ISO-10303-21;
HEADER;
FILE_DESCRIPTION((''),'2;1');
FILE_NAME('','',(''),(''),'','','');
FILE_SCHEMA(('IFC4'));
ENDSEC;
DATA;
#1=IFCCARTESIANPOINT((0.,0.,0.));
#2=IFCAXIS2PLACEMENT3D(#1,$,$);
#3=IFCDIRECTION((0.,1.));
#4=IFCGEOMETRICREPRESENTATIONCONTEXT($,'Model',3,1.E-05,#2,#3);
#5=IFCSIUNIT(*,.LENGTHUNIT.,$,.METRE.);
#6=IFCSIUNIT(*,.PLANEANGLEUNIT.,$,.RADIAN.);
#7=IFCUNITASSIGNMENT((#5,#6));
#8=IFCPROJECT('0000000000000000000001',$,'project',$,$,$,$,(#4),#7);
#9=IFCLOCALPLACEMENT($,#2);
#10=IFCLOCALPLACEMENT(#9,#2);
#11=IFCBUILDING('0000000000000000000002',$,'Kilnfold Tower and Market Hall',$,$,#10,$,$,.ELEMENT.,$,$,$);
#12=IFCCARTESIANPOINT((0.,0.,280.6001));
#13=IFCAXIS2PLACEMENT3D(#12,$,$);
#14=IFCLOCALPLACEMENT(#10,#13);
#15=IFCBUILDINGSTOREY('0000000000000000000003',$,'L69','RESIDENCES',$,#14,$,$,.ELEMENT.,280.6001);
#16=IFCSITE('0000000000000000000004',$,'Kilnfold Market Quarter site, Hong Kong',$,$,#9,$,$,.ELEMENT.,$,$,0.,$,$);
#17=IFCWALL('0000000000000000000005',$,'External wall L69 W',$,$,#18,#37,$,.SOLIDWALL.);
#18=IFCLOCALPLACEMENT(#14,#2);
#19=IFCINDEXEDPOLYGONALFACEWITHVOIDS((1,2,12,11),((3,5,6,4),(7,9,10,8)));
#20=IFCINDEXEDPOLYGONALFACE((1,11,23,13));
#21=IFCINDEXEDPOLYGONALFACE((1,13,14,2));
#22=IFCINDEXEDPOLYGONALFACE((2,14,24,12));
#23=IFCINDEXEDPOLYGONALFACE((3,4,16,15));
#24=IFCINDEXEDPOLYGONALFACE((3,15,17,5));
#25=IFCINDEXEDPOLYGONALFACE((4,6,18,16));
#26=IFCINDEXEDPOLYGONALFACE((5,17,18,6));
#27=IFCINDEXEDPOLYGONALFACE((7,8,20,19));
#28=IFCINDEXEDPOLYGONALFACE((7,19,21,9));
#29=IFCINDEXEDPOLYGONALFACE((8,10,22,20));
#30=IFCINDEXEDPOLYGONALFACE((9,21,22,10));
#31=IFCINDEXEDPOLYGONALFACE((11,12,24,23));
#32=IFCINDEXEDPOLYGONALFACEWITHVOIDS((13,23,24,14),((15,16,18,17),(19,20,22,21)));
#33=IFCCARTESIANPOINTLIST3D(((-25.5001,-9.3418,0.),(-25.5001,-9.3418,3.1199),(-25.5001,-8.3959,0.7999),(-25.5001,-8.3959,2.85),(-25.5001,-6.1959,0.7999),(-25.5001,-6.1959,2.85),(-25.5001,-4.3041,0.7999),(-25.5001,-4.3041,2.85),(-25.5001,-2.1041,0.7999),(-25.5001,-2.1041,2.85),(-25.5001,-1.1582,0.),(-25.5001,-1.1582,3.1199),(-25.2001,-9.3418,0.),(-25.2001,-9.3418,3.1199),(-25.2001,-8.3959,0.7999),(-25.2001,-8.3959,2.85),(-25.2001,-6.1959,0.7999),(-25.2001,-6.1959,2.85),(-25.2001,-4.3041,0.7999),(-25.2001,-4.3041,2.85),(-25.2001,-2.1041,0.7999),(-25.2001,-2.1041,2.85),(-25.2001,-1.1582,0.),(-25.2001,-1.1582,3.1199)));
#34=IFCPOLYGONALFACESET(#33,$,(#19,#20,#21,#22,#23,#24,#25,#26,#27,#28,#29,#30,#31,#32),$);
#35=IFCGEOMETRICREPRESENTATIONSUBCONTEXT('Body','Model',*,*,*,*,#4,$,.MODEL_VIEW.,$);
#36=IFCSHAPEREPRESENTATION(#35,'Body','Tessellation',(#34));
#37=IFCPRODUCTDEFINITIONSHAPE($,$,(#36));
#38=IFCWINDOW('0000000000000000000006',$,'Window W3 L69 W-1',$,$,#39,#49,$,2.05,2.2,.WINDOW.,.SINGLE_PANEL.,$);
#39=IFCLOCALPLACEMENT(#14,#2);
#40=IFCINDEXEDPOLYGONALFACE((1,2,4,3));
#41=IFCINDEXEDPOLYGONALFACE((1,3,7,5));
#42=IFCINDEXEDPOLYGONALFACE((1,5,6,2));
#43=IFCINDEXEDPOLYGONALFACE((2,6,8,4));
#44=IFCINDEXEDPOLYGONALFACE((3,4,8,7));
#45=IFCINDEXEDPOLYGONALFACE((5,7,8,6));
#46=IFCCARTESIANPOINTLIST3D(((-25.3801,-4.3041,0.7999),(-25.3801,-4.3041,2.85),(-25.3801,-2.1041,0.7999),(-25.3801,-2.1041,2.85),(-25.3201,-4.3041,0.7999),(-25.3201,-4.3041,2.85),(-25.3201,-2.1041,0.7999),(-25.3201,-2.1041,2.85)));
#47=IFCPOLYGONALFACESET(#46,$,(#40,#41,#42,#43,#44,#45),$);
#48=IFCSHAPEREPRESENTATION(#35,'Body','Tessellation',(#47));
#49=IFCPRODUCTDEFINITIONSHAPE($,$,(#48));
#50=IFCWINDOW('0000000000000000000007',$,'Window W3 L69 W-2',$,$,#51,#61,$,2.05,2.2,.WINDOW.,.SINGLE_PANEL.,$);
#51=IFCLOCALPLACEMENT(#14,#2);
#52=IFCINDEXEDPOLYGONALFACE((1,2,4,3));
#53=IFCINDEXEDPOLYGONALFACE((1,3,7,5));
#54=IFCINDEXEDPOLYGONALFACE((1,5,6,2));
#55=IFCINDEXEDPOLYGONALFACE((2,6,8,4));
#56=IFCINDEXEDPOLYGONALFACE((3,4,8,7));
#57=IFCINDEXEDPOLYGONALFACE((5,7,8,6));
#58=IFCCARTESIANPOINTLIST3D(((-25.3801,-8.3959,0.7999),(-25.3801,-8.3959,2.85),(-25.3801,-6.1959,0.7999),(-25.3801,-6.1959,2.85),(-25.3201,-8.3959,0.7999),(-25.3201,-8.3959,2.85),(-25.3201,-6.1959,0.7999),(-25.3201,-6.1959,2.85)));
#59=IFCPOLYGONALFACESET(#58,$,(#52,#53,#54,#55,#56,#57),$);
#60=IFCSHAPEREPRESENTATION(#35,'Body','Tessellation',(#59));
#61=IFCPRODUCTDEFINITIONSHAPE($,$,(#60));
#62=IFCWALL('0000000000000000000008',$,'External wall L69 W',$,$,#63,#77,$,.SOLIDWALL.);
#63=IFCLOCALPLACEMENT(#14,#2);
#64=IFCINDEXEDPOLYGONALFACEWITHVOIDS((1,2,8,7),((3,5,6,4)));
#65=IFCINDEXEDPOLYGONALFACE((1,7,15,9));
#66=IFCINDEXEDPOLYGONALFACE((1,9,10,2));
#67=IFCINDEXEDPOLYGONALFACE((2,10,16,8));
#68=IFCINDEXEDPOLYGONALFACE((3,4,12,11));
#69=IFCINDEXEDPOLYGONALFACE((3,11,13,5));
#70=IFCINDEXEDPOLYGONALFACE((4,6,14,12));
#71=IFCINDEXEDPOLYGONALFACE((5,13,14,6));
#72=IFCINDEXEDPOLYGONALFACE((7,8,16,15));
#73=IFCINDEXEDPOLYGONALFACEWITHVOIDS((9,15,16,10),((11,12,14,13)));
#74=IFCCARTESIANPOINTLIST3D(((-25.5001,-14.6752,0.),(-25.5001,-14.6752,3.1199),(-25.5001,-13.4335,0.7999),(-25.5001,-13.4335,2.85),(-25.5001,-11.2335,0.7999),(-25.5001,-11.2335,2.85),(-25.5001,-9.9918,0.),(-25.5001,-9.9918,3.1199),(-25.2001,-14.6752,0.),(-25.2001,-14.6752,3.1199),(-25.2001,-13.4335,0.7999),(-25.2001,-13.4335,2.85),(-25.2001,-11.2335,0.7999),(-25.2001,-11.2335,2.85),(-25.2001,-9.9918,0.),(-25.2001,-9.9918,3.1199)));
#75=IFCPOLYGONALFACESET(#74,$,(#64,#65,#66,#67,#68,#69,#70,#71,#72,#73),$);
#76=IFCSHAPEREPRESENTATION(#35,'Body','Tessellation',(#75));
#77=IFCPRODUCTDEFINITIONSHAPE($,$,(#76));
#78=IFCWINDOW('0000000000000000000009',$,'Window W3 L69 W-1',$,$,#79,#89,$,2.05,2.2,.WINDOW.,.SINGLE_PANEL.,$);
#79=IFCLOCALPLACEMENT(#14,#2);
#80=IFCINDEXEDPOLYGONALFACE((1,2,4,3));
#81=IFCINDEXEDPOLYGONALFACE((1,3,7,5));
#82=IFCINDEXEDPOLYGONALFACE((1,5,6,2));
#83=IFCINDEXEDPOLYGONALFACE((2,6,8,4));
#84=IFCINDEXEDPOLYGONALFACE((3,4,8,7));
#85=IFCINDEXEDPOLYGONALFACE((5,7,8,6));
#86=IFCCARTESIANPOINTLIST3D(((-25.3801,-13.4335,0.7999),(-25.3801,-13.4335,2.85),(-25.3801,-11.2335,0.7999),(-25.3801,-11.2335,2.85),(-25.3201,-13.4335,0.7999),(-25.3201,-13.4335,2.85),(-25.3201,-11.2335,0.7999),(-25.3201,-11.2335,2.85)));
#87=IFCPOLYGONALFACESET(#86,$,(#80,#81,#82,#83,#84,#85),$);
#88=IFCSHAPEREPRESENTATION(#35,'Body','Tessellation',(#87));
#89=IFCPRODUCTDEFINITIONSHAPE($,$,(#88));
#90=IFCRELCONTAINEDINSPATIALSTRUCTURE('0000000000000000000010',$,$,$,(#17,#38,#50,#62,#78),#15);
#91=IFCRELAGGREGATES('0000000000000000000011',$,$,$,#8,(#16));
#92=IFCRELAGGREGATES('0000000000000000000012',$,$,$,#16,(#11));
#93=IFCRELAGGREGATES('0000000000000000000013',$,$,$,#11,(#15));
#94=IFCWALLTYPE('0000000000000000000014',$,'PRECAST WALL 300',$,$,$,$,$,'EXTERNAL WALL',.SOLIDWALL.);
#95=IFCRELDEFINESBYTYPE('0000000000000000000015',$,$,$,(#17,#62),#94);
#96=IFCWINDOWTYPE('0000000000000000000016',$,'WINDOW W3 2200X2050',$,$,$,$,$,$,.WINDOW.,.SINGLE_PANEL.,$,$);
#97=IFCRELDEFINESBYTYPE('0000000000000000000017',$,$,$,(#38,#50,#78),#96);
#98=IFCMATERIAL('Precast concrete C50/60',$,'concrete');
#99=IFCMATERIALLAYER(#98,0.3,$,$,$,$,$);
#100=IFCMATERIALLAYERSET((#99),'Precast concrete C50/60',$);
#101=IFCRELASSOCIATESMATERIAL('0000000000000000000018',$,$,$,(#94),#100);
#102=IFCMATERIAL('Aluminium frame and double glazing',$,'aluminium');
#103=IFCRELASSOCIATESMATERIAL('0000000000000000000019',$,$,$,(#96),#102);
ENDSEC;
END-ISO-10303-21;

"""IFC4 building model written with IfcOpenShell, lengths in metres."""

from ifc_helpers import new_model, si_unit, direction, frame, frame_2d, origin, place, context, subcontext, project, spatial, rectangle, extrude, source, transform, mapped, material, layer, layer_set, type_object, element, fill, save


model = new_model("IFC4")

# Units and contexts
model_context = context("Model", 3, precision=1e-05, world=origin(), true_north=direction((0.0, 1.0)))
body_context = subcontext(model_context, "Body", "Model", "MODEL_VIEW")
ifc_project = project(units=[si_unit("LENGTHUNIT", "METRE"), si_unit("PLANEANGLEUNIT", "RADIAN")], contexts=[model_context])

# Site, building, storey
site_placement = place(None, origin())
site = spatial("IfcSite", under=ifc_project, at=site_placement, Name="Kilnfold Market Quarter site, Hong Kong", CompositionType="ELEMENT", RefElevation=0.0)
building_placement = place(site_placement, origin())
building = spatial("IfcBuilding", under=site, at=building_placement, Name="Kilnfold Tower and Market Hall", CompositionType="ELEMENT")
storey_placement = place(building_placement, frame((0.0, 0.0, 280.6001)))
storey = spatial("IfcBuildingStorey", under=building, at=storey_placement, Name="L69", Description="RESIDENCES", CompositionType="ELEMENT", Elevation=280.6001)

# Wall, openings, windows
ifc_material_1 = material(Name="Precast concrete C50/60", Category="concrete")
ifc_layer_1 = layer(ifc_material_1, 0.3)
ifc_layer_set_1 = layer_set([ifc_layer_1], Name="Precast concrete C50/60")
wall_type_1 = type_object("IfcWallType", Name="PRECAST WALL 300", ElementType="EXTERNAL WALL", PredefinedType="SOLIDWALL", material=ifc_layer_set_1)
shared_shape_1 = source(origin(), body_context, "Body", "SweptSolid", [
    extrude(rectangle(XDim=8.1836, YDim=0.3, at=frame_2d((4.0918, 0.0))), origin(), (0.0, 0.0, 1.0), 3.1199),
])
wall_1_placement = place(storey_placement, frame((-25.3501, -1.1582, 0.0), z_axis=(0.0, 0.0, 1.0), x_axis=(0.0, -1.0, 0.0)))
wall_1 = element("IfcWall", 1, at=wall_1_placement, inside=storey, type_object=wall_type_1, Name="External wall L69 W", PredefinedType="SOLIDWALL", context=body_context, shape_type="MappedRepresentation", body=[
    mapped(shared_shape_1, transform((0.0, 0.0, 0.0))),
])
opening_1_placement = place(wall_1_placement, frame((0.9458, 0.0, 0.8)))
opening_1 = element("IfcOpeningElement", 2, at=opening_1_placement, cuts=wall_1, PredefinedType="OPENING", context=body_context, shape_type="SweptSolid", body=[
    extrude(rectangle(XDim=2.2, YDim=2.05, at=frame_2d((1.1001, 1.0249))), frame((0.0, 0.1602, 0.0), z_axis=(0.0, -1.0, 0.0), x_axis=(1.0, 0.0, 0.0)), (0.0, 0.0, 1.0), 0.3201),
])
opening_2_placement = place(wall_1_placement, frame((5.0376, 0.0, 0.8)))
opening_2 = element("IfcOpeningElement", 3, at=opening_2_placement, cuts=wall_1, PredefinedType="OPENING", context=body_context, shape_type="SweptSolid", body=[
    extrude(rectangle(XDim=2.2, YDim=2.05, at=frame_2d((1.1001, 1.0249))), frame((0.0, 0.1602, 0.0), z_axis=(0.0, -1.0, 0.0), x_axis=(1.0, 0.0, 0.0)), (0.0, 0.0, 1.0), 0.3201),
])
ifc_material_2 = material(Name="Aluminium frame and double glazing", Category="aluminium")
window_type = type_object("IfcWindowType", Name="WINDOW W3 2200X2050", PartitioningType="SINGLE_PANEL", PredefinedType="WINDOW", material=ifc_material_2)
window_1_placement = place(opening_1_placement, origin())
window_1 = element("IfcWindow", 4, at=window_1_placement, inside=storey, type_object=window_type, Name="Window W3 L69 W-1", OverallHeight=2.05, OverallWidth=2.2, PartitioningType="SINGLE_PANEL", PredefinedType="WINDOW", context=body_context, shape_type="SweptSolid", body=[
    extrude(rectangle(XDim=2.2, YDim=2.05, at=frame_2d((1.1001, 1.0249))), frame((0.0, 0.03, 0.0), z_axis=(0.0, -1.0, 0.0), x_axis=(1.0, 0.0, 0.0)), (0.0, 0.0, 1.0), 0.0601),
])
fill(opening_1, window_1)
window_2_placement = place(opening_2_placement, origin())
window_2 = element("IfcWindow", 5, at=window_2_placement, inside=storey, type_object=window_type, Name="Window W3 L69 W-2", OverallHeight=2.05, OverallWidth=2.2, PartitioningType="SINGLE_PANEL", PredefinedType="WINDOW", context=body_context, shape_type="SweptSolid", body=[
    extrude(rectangle(XDim=2.2, YDim=2.05, at=frame_2d((1.1001, 1.0249))), frame((0.0, 0.03, 0.0), z_axis=(0.0, -1.0, 0.0), x_axis=(1.0, 0.0, 0.0)), (0.0, 0.0, 1.0), 0.0601),
])
fill(opening_2, window_2)

# Wall, opening, window
shared_shape_2 = source(origin(), body_context, "Body", "SweptSolid", [
    extrude(rectangle(XDim=4.6833, YDim=0.3, at=frame_2d((2.3418, 0.0))), origin(), (0.0, 0.0, 1.0), 3.1199),
])
wall_2_placement = place(storey_placement, frame((-25.3501, -9.9917, 0.0), z_axis=(0.0, 0.0, 1.0), x_axis=(0.0, -1.0, 0.0)))
wall_2 = element("IfcWall", 6, at=wall_2_placement, inside=storey, type_object=wall_type_1, Name="External wall L69 W", PredefinedType="SOLIDWALL", context=body_context, shape_type="MappedRepresentation", body=[
    mapped(shared_shape_2, transform((0.0, 0.0, 0.0))),
])
opening_3_placement = place(wall_2_placement, frame((1.2417, 0.0, 0.8)))
opening_3 = element("IfcOpeningElement", 7, at=opening_3_placement, cuts=wall_2, PredefinedType="OPENING", context=body_context, shape_type="SweptSolid", body=[
    extrude(rectangle(XDim=2.2, YDim=2.05, at=frame_2d((1.1001, 1.0249))), frame((0.0, 0.1602, 0.0), z_axis=(0.0, -1.0, 0.0), x_axis=(1.0, 0.0, 0.0)), (0.0, 0.0, 1.0), 0.3201),
])
window_3_placement = place(opening_3_placement, origin())
window_3 = element("IfcWindow", 8, at=window_3_placement, inside=storey, type_object=window_type, Name="Window W3 L69 W-1", OverallHeight=2.05, OverallWidth=2.2, PartitioningType="SINGLE_PANEL", PredefinedType="WINDOW", context=body_context, shape_type="SweptSolid", body=[
    extrude(rectangle(XDim=2.2, YDim=2.05, at=frame_2d((1.1001, 1.0249))), frame((0.0, 0.03, 0.0), z_axis=(0.0, -1.0, 0.0), x_axis=(1.0, 0.0, 0.0)), (0.0, 0.0, 1.0), 0.0601),
])
fill(opening_3, window_3)

save(model, "model.ifc")
